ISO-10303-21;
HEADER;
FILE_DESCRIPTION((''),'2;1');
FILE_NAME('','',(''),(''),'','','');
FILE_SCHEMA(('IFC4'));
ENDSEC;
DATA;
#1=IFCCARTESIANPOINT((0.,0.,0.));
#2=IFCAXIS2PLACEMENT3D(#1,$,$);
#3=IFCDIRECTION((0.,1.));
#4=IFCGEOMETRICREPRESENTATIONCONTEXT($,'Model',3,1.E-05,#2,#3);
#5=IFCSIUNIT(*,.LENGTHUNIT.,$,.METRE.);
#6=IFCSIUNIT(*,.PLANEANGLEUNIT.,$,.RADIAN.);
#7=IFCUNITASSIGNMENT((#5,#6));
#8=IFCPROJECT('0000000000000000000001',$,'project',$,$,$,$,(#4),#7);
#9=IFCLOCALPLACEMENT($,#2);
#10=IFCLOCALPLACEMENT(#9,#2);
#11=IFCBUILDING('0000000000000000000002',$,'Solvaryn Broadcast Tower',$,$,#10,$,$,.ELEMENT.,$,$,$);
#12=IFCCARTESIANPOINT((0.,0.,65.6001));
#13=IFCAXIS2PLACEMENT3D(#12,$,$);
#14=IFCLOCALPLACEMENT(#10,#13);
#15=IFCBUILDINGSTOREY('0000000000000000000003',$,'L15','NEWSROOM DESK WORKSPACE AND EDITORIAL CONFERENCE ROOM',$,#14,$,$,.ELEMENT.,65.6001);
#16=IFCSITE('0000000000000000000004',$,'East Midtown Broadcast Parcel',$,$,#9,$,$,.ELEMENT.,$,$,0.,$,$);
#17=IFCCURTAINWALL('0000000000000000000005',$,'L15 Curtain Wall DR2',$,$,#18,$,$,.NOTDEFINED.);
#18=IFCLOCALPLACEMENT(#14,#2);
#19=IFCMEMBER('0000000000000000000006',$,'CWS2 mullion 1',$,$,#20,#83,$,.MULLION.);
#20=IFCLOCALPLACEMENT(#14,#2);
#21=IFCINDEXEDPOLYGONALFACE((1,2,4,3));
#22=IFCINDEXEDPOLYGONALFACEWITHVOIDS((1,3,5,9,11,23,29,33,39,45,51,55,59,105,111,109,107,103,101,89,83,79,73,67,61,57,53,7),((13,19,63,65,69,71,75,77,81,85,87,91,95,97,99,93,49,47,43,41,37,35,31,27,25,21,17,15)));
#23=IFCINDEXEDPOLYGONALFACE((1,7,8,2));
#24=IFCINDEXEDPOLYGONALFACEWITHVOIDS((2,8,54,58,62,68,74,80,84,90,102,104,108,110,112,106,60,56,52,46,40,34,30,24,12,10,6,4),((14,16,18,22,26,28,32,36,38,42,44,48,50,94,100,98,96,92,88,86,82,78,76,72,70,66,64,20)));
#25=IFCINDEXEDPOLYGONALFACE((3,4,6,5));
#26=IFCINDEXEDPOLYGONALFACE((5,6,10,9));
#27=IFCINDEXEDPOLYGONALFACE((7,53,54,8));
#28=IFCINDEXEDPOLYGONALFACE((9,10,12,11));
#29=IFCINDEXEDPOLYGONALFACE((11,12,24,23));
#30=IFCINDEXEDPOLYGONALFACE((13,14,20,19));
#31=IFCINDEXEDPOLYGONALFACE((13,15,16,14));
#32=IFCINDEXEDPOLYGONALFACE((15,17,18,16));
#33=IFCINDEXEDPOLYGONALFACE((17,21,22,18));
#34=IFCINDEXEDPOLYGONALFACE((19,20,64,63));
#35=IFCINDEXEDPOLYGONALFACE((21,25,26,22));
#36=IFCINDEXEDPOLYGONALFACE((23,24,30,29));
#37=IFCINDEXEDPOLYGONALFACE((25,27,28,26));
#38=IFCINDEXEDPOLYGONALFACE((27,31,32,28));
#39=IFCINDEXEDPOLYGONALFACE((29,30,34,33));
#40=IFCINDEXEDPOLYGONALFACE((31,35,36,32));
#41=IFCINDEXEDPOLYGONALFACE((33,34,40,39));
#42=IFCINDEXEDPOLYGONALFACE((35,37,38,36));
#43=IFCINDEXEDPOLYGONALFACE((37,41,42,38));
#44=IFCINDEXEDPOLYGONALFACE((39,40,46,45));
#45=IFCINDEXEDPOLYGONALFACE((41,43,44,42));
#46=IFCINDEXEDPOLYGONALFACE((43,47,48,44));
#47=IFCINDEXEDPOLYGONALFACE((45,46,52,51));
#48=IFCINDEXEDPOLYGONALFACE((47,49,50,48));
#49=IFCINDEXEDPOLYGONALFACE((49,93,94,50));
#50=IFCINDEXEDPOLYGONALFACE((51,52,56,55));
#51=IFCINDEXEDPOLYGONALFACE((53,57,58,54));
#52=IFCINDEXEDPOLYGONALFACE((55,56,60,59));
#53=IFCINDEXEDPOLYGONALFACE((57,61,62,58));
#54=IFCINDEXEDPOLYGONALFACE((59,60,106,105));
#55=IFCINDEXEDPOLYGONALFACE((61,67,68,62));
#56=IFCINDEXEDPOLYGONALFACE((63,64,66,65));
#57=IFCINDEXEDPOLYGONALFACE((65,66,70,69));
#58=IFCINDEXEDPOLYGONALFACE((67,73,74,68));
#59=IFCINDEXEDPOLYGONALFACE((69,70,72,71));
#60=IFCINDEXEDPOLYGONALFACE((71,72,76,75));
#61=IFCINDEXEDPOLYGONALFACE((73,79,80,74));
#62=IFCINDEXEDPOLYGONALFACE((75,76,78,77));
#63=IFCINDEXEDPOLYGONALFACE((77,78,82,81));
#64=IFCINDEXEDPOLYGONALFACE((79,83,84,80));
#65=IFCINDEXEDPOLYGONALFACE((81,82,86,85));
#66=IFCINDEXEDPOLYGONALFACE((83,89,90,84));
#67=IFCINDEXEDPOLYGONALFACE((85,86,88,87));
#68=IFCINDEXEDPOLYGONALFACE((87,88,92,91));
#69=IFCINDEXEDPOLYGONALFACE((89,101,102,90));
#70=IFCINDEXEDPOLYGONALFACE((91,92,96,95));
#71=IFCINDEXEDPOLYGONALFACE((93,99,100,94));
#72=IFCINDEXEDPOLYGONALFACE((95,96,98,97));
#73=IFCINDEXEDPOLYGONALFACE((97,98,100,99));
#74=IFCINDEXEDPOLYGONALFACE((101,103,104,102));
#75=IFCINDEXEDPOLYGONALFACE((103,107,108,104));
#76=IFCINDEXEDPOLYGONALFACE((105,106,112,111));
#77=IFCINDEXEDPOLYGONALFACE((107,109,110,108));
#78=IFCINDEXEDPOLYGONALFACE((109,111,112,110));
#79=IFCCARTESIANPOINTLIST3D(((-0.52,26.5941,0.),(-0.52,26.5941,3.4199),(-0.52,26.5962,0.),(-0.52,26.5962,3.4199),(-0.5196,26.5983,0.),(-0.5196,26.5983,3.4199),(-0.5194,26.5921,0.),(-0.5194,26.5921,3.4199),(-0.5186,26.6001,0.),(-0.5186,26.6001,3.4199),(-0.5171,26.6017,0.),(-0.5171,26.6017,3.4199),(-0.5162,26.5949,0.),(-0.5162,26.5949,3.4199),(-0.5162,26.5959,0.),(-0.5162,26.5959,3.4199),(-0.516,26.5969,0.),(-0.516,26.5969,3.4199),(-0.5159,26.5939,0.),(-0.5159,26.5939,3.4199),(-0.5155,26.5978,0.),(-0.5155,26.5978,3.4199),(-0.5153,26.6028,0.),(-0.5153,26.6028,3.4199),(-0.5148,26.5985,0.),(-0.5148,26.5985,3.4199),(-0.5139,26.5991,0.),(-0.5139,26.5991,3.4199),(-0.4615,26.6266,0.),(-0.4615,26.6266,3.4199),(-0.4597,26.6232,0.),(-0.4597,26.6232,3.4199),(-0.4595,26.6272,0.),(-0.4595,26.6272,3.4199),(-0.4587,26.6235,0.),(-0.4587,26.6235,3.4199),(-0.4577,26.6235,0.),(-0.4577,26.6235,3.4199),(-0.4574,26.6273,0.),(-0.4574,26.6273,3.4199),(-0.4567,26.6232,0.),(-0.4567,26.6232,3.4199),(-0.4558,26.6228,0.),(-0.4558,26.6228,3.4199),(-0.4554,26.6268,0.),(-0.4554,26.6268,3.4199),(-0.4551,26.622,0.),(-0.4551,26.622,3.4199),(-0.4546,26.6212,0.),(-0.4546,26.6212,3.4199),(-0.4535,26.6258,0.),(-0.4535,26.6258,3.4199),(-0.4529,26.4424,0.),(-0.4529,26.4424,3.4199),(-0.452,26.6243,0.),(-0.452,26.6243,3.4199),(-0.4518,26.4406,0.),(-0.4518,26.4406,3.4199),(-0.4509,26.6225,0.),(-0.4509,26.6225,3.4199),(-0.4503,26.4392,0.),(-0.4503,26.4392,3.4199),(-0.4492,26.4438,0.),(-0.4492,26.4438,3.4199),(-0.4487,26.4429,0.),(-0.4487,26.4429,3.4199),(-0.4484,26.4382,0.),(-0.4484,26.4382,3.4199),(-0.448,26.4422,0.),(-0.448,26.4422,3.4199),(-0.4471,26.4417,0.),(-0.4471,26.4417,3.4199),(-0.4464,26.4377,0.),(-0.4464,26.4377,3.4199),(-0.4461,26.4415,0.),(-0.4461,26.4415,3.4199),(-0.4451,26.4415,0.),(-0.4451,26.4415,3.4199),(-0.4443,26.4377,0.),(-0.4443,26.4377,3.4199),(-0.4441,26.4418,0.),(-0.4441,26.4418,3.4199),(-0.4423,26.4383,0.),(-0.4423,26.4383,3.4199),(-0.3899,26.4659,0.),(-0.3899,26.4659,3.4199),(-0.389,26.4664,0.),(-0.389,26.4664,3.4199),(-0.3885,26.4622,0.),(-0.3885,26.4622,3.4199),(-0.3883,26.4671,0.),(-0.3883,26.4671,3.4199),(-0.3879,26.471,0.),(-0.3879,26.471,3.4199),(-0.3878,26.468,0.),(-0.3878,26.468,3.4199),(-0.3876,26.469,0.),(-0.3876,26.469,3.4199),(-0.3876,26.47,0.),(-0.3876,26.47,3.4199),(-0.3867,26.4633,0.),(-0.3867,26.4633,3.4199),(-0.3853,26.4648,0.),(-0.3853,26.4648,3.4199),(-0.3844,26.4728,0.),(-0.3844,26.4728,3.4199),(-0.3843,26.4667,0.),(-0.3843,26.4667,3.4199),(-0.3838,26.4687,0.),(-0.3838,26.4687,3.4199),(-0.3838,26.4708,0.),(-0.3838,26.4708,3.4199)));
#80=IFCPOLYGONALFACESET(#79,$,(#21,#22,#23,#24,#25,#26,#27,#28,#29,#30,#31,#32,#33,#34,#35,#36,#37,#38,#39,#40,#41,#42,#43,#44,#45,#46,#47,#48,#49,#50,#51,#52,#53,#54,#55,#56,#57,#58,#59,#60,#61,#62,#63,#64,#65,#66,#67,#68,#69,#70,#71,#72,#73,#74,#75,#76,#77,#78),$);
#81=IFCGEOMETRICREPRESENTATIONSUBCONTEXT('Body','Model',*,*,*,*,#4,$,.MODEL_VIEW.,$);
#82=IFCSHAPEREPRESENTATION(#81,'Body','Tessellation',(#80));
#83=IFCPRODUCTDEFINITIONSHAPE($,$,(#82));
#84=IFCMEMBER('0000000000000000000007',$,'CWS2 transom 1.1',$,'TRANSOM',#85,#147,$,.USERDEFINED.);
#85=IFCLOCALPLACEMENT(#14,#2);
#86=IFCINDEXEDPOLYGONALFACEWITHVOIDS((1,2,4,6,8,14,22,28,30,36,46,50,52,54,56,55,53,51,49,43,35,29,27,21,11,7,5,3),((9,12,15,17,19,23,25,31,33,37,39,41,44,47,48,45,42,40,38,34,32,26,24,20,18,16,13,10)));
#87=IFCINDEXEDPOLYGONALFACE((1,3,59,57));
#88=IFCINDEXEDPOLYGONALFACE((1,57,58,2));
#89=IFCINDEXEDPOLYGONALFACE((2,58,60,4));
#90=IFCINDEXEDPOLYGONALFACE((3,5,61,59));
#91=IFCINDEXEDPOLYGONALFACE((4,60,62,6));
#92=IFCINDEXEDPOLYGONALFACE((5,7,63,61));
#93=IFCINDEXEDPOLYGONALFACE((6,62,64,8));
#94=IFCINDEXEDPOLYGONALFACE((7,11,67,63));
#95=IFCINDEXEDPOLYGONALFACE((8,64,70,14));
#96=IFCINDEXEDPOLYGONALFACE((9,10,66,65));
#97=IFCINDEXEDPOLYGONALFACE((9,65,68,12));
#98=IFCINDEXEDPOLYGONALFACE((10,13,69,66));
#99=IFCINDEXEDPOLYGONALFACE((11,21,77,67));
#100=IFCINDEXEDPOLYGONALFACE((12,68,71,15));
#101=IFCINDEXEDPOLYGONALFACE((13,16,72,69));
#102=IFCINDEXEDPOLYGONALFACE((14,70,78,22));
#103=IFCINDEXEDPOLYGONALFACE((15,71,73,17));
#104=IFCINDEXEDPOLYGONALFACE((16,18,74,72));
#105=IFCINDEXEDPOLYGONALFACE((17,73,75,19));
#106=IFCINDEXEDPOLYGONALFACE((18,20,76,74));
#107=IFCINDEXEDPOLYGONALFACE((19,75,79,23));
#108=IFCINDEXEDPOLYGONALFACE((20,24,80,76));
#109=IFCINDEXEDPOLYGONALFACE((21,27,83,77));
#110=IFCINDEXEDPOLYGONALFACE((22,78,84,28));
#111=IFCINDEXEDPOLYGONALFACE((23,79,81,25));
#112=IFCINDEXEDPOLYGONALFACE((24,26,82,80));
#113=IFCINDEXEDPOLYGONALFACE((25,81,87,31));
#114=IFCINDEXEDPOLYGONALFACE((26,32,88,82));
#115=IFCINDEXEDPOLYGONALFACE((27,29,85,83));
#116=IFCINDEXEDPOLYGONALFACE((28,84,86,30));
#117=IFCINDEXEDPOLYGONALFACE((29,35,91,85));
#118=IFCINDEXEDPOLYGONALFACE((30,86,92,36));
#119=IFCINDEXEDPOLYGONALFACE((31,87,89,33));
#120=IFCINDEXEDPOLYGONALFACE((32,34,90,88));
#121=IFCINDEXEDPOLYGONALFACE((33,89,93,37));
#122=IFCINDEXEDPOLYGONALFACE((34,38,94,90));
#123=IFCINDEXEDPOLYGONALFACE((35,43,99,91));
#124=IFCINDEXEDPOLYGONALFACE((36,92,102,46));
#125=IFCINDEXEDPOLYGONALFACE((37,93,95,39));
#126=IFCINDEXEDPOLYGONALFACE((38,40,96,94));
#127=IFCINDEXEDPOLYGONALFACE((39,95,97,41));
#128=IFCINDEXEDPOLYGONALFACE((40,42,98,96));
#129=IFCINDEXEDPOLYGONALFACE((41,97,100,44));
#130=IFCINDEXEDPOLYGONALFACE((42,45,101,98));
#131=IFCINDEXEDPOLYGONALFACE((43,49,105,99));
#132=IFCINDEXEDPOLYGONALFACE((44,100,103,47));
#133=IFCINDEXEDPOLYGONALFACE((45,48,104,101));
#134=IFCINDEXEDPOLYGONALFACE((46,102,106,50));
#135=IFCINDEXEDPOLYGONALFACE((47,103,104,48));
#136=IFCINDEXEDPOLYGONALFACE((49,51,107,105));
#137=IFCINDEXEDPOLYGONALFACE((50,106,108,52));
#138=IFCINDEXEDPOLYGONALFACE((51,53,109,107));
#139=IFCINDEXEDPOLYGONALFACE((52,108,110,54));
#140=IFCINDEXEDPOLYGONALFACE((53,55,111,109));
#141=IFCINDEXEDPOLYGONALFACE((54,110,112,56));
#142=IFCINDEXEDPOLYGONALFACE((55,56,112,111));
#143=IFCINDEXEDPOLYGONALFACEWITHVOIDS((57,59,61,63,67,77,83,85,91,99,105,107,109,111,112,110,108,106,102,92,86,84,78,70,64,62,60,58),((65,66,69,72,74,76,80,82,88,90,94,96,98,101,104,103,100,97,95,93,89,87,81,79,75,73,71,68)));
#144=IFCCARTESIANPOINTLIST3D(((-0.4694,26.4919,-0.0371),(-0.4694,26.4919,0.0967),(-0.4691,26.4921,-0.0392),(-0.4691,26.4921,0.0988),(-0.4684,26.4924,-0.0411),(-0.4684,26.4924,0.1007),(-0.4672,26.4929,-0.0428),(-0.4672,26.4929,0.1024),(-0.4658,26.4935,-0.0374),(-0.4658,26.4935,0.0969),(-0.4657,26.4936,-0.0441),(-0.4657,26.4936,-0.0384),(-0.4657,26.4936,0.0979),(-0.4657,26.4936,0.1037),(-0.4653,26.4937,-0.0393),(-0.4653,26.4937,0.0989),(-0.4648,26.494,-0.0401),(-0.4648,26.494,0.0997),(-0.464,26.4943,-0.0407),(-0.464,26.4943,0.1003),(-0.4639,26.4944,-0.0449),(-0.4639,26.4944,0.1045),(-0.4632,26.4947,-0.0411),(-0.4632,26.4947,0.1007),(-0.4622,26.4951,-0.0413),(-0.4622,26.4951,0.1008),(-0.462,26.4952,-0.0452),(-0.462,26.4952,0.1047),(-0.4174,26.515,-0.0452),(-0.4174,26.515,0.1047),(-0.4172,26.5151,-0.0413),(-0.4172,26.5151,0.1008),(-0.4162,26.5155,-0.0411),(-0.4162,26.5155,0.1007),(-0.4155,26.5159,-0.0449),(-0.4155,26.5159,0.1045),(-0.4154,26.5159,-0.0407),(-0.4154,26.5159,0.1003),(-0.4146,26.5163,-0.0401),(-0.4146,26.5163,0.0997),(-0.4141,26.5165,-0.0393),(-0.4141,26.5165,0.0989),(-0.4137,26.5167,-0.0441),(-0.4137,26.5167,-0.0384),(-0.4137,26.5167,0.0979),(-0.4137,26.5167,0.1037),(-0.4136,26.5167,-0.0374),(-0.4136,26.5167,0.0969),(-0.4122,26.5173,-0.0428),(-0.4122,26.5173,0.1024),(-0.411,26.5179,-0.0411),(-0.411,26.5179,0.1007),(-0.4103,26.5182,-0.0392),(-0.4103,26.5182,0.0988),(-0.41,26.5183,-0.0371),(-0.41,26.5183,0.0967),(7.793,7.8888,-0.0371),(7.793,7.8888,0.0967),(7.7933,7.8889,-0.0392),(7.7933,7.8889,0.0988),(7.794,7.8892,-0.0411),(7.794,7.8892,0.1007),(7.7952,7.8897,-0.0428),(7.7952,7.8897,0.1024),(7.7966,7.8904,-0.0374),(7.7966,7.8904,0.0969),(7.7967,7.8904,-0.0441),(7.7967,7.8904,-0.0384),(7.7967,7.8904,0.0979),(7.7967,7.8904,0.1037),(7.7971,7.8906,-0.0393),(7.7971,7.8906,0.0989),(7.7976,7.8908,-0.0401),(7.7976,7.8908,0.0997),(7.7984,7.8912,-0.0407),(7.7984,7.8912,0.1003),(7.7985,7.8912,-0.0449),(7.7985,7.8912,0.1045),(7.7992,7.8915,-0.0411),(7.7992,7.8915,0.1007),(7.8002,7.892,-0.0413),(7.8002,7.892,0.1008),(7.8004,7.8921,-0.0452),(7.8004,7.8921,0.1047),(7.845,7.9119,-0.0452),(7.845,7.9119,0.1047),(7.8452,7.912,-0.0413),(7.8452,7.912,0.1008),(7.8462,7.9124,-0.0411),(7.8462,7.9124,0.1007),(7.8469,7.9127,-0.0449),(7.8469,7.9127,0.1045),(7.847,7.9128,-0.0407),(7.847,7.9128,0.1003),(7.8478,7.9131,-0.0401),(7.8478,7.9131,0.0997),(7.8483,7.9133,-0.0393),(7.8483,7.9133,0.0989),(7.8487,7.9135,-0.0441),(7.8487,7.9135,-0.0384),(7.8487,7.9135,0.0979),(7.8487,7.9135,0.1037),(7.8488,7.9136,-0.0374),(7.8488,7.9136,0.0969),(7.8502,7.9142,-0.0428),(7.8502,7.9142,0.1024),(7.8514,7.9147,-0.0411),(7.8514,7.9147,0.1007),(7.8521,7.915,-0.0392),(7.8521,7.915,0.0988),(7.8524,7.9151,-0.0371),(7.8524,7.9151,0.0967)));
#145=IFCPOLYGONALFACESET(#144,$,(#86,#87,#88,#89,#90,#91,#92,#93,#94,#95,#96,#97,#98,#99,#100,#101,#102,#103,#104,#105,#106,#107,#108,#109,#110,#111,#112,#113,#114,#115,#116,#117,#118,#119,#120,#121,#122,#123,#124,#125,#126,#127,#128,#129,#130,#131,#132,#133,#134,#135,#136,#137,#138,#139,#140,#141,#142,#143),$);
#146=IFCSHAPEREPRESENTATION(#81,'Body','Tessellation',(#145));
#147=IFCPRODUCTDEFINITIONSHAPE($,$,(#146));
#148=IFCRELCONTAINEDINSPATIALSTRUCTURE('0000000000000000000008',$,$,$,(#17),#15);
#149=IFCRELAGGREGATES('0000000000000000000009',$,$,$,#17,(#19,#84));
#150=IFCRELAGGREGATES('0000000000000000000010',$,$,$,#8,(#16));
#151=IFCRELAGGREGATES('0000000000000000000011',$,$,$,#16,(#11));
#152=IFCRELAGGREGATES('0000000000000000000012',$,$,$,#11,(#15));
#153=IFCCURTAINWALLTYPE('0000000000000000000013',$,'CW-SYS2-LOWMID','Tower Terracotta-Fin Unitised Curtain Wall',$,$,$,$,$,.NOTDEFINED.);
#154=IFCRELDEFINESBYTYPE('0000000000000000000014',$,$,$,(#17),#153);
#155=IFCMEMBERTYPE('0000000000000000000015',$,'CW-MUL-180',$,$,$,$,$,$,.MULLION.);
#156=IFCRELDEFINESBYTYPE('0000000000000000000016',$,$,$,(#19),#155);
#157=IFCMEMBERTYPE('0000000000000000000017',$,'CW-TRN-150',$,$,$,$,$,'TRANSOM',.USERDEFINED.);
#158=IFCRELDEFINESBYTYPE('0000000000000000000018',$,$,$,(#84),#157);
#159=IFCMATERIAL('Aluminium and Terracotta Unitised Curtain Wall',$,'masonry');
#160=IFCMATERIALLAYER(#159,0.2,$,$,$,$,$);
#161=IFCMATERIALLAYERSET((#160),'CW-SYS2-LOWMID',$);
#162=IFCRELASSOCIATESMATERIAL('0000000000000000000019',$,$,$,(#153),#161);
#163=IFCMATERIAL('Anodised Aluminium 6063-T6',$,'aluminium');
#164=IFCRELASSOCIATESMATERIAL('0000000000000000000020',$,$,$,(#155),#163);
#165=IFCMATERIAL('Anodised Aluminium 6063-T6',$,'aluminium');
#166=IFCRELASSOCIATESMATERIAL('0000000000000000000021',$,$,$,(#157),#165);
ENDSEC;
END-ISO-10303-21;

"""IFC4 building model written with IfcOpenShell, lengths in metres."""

from ifc_helpers import new_model, si_unit, direction, frame, origin, origin_2d, place, context, subcontext, project, spatial, hollow_rectangle, extrude, material, layer, layer_set, material_profile, profile_set, type_object, element, aggregate, save


model = new_model("IFC4")

# Units and contexts
model_context = context("Model", 3, precision=1e-05, world=origin(), true_north=direction((0.0, 1.0)))
body_context = subcontext(model_context, "Body", "Model", "MODEL_VIEW")
ifc_project = project(units=[si_unit("LENGTHUNIT", "METRE"), si_unit("PLANEANGLEUNIT", "RADIAN")], contexts=[model_context])

# Site, building, storey
site_placement = place(None, origin())
site = spatial("IfcSite", under=ifc_project, at=site_placement, Name="East Midtown Broadcast Parcel", CompositionType="ELEMENT", RefElevation=0.0)
building_placement = place(site_placement, origin())
building = spatial("IfcBuilding", under=site, at=building_placement, Name="Solvaryn Broadcast Tower", CompositionType="ELEMENT")
storey_placement = place(building_placement, frame((0.0, 0.0, 65.6001)))
storey = spatial("IfcBuildingStorey", under=building, at=storey_placement, Name="L15", Description="NEWSROOM DESK WORKSPACE AND EDITORIAL CONFERENCE ROOM", CompositionType="ELEMENT", Elevation=65.6001)

# Shared definitions
ifc_material_1 = material(Name="Aluminium and Terracotta Unitised Curtain Wall", Category="masonry")
ifc_layer_1 = layer(ifc_material_1, 0.2)
ifc_layer_set_1 = layer_set([ifc_layer_1], Name="CW-SYS2-LOWMID")
curtain_wall_type = type_object("IfcCurtainWallType", Name="CW-SYS2-LOWMID", Description="Tower Terracotta-Fin Unitised Curtain Wall", PredefinedType="NOTDEFINED", material=ifc_layer_set_1)
ifc_material_2 = material(Name="Anodised Aluminium 6063-T6", Category="aluminium")
ifc_material_profile_1 = material_profile(ifc_material_2, hollow_rectangle(XDim=0.075, YDim=0.1799, WallThickness=0.0039, InnerFilletRadius=0.0039, OuterFilletRadius=0.0081, at=origin_2d()))
ifc_profile_set_1 = profile_set([ifc_material_profile_1], Name="Anodised Aluminium 6063-T6")
member_type_1 = type_object("IfcMemberType", Name="CW-MUL-180", PredefinedType="MULLION", material=ifc_profile_set_1)

# Curtain wall, members
curtain_wall_1_placement = place(storey_placement, origin())
curtain_wall_1 = element("IfcCurtainWall", 1, at=curtain_wall_1_placement, inside=storey, type_object=curtain_wall_type, Name="L15 Curtain Wall DR2", PredefinedType="NOTDEFINED")
member_1_placement = place(storey_placement, frame((-0.4519, 26.5325, 0.0), z_axis=(0.0, 0.0, 1.0), x_axis=(0.913918, 0.405898, 0.0)))
member_1 = element("IfcMember", 2, at=member_1_placement, type_object=member_type_1, Name="CWS2 mullion 1", PredefinedType="MULLION", context=body_context, shape_type="SweptSolid", body=[
    extrude(hollow_rectangle(XDim=0.075, YDim=0.1799, WallThickness=0.0039, InnerFilletRadius=0.0039, OuterFilletRadius=0.0081, at=origin_2d()), origin(), (0.0, 0.0, 1.0), 3.4199),
])
ifc_material_3 = material(Name="Anodised Aluminium 6063-T6", Category="aluminium")
ifc_material_profile_2 = material_profile(ifc_material_3, hollow_rectangle(XDim=0.0649, YDim=0.1499, WallThickness=0.0039, InnerFilletRadius=0.0039, OuterFilletRadius=0.0081, at=origin_2d()))
ifc_profile_set_2 = profile_set([ifc_material_profile_2], Name="Anodised Aluminium 6063-T6")
member_type_2 = type_object("IfcMemberType", Name="CW-TRN-150", ElementType="TRANSOM", PredefinedType="USERDEFINED", material=ifc_profile_set_2)
member_2_placement = place(storey_placement, frame((-0.4397, 26.5051, 0.0298), z_axis=(0.405906, -0.913915, 0.0), x_axis=(0.913915, 0.405906, 0.0)))
member_2 = element("IfcMember", 3, at=member_2_placement, type_object=member_type_2, Name="CWS2 transom 1.1", ObjectType="TRANSOM", PredefinedType="USERDEFINED", context=body_context, shape_type="SweptSolid", body=[
    extrude(hollow_rectangle(XDim=0.0649, YDim=0.1499, WallThickness=0.0039, InnerFilletRadius=0.0039, OuterFilletRadius=0.0081, at=origin_2d()), origin(), (0.0, 0.0, 1.0), 20.3555),
])
aggregate(curtain_wall_1, [member_1, member_2])

save(model, "model.ifc")
